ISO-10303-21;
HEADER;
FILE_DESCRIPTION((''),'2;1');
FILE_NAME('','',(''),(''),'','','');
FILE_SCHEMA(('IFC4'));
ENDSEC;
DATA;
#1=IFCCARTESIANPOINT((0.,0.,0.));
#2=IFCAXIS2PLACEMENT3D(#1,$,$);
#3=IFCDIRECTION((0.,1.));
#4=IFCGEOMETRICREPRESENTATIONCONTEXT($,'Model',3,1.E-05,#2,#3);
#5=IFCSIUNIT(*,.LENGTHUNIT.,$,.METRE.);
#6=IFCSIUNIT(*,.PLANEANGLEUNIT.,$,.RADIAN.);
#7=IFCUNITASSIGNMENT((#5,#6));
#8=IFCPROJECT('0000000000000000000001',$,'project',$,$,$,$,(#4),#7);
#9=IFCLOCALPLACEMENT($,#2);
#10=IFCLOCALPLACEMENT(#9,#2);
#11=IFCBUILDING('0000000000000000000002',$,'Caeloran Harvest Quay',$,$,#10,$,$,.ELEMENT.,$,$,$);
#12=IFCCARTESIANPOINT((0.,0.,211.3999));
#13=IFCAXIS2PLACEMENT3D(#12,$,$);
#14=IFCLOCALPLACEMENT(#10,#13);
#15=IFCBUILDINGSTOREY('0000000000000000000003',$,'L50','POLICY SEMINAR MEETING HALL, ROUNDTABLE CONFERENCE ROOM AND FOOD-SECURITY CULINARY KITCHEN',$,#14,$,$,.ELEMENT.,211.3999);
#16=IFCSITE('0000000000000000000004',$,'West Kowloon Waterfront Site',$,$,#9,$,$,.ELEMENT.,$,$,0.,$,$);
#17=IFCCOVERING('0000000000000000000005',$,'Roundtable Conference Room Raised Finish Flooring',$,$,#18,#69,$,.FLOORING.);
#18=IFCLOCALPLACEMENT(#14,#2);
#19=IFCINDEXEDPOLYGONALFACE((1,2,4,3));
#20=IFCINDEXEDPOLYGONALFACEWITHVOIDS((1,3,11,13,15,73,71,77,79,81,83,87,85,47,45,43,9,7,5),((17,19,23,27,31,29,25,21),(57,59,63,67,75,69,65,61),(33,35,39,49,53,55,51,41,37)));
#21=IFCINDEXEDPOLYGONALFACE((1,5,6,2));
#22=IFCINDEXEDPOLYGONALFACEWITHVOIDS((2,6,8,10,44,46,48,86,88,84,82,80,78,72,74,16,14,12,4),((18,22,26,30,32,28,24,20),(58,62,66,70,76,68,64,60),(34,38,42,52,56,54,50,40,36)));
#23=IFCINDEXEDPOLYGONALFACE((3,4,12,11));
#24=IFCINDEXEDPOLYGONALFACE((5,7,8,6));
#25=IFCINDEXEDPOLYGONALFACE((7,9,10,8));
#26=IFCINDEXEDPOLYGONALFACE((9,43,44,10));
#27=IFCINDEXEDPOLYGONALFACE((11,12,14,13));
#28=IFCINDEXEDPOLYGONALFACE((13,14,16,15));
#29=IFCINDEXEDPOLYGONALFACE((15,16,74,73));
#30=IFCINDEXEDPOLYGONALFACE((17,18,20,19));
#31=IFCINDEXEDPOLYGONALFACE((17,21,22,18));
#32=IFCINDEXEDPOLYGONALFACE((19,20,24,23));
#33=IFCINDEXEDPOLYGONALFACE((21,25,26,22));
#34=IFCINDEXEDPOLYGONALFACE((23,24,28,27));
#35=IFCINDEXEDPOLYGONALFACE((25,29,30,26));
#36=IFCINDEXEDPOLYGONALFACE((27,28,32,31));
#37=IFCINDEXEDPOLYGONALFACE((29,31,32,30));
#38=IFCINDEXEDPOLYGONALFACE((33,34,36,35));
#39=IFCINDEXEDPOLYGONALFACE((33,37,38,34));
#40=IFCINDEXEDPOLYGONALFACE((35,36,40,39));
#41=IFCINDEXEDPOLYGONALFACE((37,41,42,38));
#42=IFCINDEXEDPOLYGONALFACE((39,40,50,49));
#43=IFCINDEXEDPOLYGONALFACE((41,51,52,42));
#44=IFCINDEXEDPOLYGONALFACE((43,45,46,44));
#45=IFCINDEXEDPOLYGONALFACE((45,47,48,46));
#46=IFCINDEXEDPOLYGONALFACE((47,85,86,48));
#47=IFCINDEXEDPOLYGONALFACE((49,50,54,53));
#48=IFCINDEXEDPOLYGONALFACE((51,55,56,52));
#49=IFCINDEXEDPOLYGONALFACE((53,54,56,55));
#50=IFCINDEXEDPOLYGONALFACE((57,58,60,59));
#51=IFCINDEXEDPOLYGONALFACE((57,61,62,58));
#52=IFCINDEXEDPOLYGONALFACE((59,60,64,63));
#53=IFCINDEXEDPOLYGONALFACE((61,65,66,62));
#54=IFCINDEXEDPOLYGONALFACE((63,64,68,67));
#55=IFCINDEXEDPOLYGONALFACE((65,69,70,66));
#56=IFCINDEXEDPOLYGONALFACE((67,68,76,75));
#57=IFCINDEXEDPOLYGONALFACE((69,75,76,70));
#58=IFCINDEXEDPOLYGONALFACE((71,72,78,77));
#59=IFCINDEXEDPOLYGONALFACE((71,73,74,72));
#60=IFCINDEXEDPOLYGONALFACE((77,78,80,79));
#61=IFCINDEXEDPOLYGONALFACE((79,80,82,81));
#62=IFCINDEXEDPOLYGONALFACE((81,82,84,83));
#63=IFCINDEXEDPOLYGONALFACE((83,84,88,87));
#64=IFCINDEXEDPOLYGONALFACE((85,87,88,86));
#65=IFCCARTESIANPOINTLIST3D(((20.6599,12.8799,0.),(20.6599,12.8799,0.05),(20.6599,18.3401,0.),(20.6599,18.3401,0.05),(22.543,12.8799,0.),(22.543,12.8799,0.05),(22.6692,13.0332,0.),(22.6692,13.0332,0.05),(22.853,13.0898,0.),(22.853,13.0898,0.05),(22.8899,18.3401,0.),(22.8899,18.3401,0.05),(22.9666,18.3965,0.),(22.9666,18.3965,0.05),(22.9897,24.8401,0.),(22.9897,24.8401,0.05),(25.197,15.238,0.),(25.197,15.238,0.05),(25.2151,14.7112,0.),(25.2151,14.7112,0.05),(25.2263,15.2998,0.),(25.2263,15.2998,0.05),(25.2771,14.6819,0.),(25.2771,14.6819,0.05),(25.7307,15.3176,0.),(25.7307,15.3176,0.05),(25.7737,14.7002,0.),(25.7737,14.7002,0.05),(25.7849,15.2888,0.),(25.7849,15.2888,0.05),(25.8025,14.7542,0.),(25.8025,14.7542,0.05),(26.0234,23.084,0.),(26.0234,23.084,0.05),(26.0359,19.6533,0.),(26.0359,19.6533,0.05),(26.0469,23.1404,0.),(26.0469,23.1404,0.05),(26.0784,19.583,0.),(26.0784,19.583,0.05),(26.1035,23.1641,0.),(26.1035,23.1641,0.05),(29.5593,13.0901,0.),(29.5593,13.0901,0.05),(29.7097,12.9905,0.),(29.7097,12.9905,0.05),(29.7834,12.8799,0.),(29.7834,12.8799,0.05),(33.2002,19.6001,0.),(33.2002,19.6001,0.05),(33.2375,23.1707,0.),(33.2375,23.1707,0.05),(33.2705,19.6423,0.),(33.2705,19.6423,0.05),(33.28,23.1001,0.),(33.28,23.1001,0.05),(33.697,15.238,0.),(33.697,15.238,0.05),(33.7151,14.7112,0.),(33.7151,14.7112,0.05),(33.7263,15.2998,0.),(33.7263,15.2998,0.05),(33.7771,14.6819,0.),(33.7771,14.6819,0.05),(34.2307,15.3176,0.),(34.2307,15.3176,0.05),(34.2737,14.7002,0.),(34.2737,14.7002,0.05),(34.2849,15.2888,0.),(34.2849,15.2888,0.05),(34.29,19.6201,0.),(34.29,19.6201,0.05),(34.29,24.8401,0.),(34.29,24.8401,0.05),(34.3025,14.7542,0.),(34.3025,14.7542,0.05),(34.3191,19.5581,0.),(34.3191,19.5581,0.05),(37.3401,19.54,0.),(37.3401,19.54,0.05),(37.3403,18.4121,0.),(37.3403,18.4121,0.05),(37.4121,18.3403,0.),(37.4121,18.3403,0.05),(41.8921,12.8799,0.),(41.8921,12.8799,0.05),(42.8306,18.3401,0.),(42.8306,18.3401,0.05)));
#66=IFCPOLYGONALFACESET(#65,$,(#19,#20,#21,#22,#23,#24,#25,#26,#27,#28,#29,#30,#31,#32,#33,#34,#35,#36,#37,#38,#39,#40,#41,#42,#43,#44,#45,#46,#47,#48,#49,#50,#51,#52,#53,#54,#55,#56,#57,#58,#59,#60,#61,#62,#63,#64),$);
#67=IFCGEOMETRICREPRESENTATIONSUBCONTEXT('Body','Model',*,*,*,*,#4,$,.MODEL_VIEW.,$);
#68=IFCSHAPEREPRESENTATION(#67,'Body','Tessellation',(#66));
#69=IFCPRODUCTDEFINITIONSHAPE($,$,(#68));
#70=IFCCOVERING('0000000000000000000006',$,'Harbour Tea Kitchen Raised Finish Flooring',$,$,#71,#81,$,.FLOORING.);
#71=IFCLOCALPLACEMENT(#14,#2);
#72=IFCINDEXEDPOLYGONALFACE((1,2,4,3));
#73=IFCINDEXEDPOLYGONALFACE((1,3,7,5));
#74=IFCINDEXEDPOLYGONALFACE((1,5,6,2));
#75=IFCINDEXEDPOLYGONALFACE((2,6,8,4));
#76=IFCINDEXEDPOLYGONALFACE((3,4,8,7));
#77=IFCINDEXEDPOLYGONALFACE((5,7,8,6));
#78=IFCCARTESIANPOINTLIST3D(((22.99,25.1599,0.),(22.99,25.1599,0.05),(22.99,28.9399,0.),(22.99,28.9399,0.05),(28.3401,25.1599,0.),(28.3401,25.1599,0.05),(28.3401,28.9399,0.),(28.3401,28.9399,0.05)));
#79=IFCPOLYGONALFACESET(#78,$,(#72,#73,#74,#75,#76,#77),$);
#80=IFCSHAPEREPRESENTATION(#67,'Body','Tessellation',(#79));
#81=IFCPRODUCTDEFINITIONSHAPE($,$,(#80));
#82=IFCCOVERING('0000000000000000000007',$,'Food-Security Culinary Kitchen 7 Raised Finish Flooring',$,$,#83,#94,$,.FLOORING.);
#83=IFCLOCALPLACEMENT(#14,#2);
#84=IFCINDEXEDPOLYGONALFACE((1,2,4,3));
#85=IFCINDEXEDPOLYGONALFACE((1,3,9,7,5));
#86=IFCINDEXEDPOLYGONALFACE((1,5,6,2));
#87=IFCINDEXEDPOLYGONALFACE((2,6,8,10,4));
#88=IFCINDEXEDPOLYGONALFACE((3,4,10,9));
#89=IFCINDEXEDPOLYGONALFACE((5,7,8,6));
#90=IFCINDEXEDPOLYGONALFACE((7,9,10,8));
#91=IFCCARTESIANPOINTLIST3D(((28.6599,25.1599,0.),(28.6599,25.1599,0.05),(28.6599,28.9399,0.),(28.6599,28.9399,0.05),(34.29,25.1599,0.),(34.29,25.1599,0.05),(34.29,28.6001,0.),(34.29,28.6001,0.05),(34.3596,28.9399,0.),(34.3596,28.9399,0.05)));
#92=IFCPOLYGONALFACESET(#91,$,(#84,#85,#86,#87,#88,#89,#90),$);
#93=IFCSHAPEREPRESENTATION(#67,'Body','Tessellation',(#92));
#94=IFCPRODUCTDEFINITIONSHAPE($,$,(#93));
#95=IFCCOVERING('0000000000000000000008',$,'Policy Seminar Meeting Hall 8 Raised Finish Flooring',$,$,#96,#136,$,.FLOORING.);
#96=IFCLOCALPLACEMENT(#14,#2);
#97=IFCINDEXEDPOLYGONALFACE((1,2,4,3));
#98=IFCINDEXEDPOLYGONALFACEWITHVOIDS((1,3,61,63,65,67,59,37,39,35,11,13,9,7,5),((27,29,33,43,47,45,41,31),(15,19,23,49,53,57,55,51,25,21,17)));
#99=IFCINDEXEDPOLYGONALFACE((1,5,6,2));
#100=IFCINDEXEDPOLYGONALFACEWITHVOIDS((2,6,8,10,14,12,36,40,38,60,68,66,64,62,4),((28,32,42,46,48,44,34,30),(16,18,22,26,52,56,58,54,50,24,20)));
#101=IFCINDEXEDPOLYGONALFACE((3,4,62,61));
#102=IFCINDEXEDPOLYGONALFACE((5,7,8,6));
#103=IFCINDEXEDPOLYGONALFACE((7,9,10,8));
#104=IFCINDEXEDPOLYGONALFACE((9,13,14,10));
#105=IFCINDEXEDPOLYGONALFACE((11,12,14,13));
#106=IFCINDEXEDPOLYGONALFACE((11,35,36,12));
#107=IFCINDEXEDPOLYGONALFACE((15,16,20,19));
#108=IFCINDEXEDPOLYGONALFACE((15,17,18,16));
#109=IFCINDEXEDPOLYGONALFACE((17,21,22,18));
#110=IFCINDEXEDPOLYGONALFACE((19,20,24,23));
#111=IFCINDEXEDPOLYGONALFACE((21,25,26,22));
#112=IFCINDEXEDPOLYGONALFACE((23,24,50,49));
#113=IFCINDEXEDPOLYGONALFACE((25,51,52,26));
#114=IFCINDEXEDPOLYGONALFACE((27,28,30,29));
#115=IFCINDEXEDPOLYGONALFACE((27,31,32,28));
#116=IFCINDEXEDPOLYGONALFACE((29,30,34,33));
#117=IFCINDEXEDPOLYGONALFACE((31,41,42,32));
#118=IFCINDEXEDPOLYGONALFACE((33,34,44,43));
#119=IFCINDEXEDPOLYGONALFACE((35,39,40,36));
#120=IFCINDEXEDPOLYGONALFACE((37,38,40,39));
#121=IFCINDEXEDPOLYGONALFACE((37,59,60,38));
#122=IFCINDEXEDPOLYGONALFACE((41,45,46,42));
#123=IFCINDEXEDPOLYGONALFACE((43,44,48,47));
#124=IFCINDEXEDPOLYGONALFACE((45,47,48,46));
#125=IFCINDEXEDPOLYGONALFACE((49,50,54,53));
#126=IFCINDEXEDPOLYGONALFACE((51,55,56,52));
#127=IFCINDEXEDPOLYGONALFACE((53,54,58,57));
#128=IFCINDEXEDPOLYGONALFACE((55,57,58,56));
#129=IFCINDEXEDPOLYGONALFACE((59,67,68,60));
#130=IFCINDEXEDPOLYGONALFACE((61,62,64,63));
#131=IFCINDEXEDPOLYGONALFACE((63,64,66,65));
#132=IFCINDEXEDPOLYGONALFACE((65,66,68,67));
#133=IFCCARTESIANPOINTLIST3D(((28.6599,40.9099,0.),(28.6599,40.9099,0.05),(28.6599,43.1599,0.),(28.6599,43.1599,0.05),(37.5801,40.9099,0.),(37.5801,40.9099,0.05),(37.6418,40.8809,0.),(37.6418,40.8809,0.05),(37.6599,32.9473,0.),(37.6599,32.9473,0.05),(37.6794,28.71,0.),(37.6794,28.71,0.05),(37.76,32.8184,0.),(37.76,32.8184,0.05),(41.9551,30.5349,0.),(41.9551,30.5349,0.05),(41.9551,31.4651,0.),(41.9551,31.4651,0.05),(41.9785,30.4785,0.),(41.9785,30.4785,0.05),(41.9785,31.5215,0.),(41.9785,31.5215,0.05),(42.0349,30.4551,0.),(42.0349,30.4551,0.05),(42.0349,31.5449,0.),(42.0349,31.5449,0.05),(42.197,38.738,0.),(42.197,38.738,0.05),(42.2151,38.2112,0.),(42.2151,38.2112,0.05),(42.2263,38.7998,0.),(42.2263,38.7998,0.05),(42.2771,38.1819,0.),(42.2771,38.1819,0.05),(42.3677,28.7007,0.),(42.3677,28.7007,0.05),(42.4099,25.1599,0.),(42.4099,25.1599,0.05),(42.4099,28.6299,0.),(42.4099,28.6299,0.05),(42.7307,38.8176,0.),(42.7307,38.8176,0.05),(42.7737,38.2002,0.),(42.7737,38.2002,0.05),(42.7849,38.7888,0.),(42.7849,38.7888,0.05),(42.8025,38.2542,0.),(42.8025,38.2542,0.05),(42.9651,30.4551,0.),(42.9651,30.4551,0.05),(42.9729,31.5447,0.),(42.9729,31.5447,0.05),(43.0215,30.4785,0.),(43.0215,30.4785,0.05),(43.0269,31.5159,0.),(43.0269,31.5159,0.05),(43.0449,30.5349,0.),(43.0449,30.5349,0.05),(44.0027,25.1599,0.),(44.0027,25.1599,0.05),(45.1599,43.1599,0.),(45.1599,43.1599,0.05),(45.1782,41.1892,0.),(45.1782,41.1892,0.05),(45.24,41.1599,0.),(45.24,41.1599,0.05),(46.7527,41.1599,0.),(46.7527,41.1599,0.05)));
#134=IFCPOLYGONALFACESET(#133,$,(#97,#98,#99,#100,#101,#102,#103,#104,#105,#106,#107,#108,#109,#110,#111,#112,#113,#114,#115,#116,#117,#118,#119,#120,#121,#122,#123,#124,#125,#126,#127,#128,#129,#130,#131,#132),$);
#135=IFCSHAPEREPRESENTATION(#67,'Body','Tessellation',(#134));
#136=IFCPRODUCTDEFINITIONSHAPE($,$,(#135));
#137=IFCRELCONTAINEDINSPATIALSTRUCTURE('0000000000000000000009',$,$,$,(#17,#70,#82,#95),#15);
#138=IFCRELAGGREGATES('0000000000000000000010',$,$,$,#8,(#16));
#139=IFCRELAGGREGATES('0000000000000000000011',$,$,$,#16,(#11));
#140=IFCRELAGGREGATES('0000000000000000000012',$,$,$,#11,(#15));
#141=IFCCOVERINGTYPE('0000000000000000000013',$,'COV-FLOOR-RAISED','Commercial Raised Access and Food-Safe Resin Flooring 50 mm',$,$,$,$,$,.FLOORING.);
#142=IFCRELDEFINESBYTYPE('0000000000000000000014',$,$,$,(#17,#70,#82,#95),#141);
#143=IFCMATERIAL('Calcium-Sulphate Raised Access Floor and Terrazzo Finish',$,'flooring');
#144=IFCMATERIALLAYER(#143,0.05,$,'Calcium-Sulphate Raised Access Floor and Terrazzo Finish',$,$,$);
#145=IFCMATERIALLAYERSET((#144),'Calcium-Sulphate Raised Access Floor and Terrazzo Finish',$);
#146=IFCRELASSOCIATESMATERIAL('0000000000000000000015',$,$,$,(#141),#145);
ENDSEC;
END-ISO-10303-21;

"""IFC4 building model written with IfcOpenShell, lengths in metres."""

from ifc_helpers import new_model, si_unit, direction, frame, origin, place, context, subcontext, project, spatial, polyline, outline, extrude, material, layer, layer_set, type_object, element, save


model = new_model("IFC4")

# Units and contexts
model_context = context("Model", 3, precision=1e-05, world=origin(), true_north=direction((0.0, 1.0)))
body_context = subcontext(model_context, "Body", "Model", "MODEL_VIEW")
ifc_project = project(units=[si_unit("LENGTHUNIT", "METRE"), si_unit("PLANEANGLEUNIT", "RADIAN")], contexts=[model_context])

# Site, building, storey
site_placement = place(None, origin())
site = spatial("IfcSite", under=ifc_project, at=site_placement, Name="West Kowloon Waterfront Site", CompositionType="ELEMENT", RefElevation=0.0)
building_placement = place(site_placement, origin())
building = spatial("IfcBuilding", under=site, at=building_placement, Name="Caeloran Harvest Quay", CompositionType="ELEMENT")
storey_placement = place(building_placement, frame((0.0, 0.0, 211.3999)))
storey = spatial("IfcBuildingStorey", under=building, at=storey_placement, Name="L50", Description="POLICY SEMINAR MEETING HALL, ROUNDTABLE CONFERENCE ROOM AND FOOD-SECURITY CULINARY KITCHEN", CompositionType="ELEMENT", Elevation=211.3999)

# Coverings
ifc_material_1 = material(Name="Calcium-Sulphate Raised Access Floor and Terrazzo Finish", Category="flooring")
ifc_layer_1 = layer(ifc_material_1, 0.05, Name="Calcium-Sulphate Raised Access Floor and Terrazzo Finish")
ifc_layer_set_1 = layer_set([ifc_layer_1], Name="Calcium-Sulphate Raised Access Floor and Terrazzo Finish")
covering_type_1 = type_object("IfcCoveringType", Name="COV-FLOOR-RAISED", Description="Commercial Raised Access and Food-Safe Resin Flooring 50 mm", PredefinedType="FLOORING", material=ifc_layer_set_1)
covering_1_placement = place(storey_placement, origin())
element("IfcCovering", 1, at=covering_1_placement, inside=storey, type_object=covering_type_1, Name="Roundtable Conference Room Raised Finish Flooring", PredefinedType="FLOORING", context=body_context, shape_type="SweptSolid", body=[
    extrude(outline(polyline([(22.543, 12.8799), (20.6599, 12.8799), (20.6599, 18.3401), (22.8899, 18.3401), (22.9666, 18.3965), (22.9897, 24.8401), (34.29, 24.8401), (34.29, 19.6201), (34.3191, 19.5581), (37.3401, 19.54), (37.3403, 18.4121), (37.4121, 18.3403), (42.8306, 18.3401), (41.8921, 12.8799), (29.7834, 12.8799), (29.7097, 12.9905), (29.5593, 13.0901), (22.853, 13.0898), (22.6692, 13.0332), (22.543, 12.8799)]), holes=[polyline([(34.3025, 14.7542), (34.2849, 15.2888), (34.2307, 15.3176), (33.7263, 15.2998), (33.697, 15.238), (33.7151, 14.7112), (33.7771, 14.6819), (34.2737, 14.7002), (34.3025, 14.7542)]), polyline([(26.1035, 23.1641), (26.0469, 23.1404), (26.0234, 23.084), (26.0359, 19.6533), (26.0784, 19.583), (33.2002, 19.6001), (33.2705, 19.6423), (33.28, 23.1001), (33.2375, 23.1707), (26.1035, 23.1641)]), polyline([(25.8025, 14.7542), (25.7849, 15.2888), (25.7307, 15.3176), (25.2263, 15.2998), (25.197, 15.238), (25.2151, 14.7112), (25.2771, 14.6819), (25.7737, 14.7002), (25.8025, 14.7542)])]), origin(), (0.0, 0.0, 1.0), 0.05),
])
covering_2_placement = place(storey_placement, origin())
element("IfcCovering", 2, at=covering_2_placement, inside=storey, type_object=covering_type_1, Name="Harbour Tea Kitchen Raised Finish Flooring", PredefinedType="FLOORING", context=body_context, shape_type="SweptSolid", body=[
    extrude(outline(polyline([(22.99, 25.1599), (22.99, 28.9399), (28.3401, 28.9399), (28.3401, 25.1599), (22.99, 25.1599)])), origin(), (0.0, 0.0, 1.0), 0.05),
])
covering_3_placement = place(storey_placement, origin())
element("IfcCovering", 3, at=covering_3_placement, inside=storey, type_object=covering_type_1, Name="Food-Security Culinary Kitchen 7 Raised Finish Flooring", PredefinedType="FLOORING", context=body_context, shape_type="SweptSolid", body=[
    extrude(outline(polyline([(34.3596, 28.9399), (34.29, 28.6001), (34.29, 25.1599), (28.6599, 25.1599), (28.6599, 28.9399), (34.3596, 28.9399)])), origin(), (0.0, 0.0, 1.0), 0.05),
])
covering_4_placement = place(storey_placement, origin())
element("IfcCovering", 4, at=covering_4_placement, inside=storey, type_object=covering_type_1, Name="Policy Seminar Meeting Hall 8 Raised Finish Flooring", PredefinedType="FLOORING", context=body_context, shape_type="SweptSolid", body=[
    extrude(outline(polyline([(28.6599, 43.1599), (45.1599, 43.1599), (45.1782, 41.1892), (45.24, 41.1599), (46.7527, 41.1599), (44.0027, 25.1599), (42.4099, 25.1599), (42.4099, 28.6299), (42.3677, 28.7007), (37.6794, 28.71), (37.76, 32.8184), (37.6599, 32.9473), (37.6418, 40.8809), (37.5801, 40.9099), (28.6599, 40.9099), (28.6599, 43.1599)]), holes=[polyline([(43.0449, 30.5349), (43.0269, 31.5159), (42.9729, 31.5447), (42.0349, 31.5449), (41.9785, 31.5215), (41.9551, 31.4651), (41.9551, 30.5349), (41.9785, 30.4785), (42.0349, 30.4551), (42.9651, 30.4551), (43.0215, 30.4785), (43.0449, 30.5349)]), polyline([(42.8025, 38.2542), (42.7849, 38.7888), (42.7307, 38.8176), (42.2263, 38.7998), (42.197, 38.738), (42.2151, 38.2112), (42.2771, 38.1819), (42.7737, 38.2002), (42.8025, 38.2542)])]), origin(), (0.0, 0.0, 1.0), 0.05),
])

save(model, "model.ifc")
